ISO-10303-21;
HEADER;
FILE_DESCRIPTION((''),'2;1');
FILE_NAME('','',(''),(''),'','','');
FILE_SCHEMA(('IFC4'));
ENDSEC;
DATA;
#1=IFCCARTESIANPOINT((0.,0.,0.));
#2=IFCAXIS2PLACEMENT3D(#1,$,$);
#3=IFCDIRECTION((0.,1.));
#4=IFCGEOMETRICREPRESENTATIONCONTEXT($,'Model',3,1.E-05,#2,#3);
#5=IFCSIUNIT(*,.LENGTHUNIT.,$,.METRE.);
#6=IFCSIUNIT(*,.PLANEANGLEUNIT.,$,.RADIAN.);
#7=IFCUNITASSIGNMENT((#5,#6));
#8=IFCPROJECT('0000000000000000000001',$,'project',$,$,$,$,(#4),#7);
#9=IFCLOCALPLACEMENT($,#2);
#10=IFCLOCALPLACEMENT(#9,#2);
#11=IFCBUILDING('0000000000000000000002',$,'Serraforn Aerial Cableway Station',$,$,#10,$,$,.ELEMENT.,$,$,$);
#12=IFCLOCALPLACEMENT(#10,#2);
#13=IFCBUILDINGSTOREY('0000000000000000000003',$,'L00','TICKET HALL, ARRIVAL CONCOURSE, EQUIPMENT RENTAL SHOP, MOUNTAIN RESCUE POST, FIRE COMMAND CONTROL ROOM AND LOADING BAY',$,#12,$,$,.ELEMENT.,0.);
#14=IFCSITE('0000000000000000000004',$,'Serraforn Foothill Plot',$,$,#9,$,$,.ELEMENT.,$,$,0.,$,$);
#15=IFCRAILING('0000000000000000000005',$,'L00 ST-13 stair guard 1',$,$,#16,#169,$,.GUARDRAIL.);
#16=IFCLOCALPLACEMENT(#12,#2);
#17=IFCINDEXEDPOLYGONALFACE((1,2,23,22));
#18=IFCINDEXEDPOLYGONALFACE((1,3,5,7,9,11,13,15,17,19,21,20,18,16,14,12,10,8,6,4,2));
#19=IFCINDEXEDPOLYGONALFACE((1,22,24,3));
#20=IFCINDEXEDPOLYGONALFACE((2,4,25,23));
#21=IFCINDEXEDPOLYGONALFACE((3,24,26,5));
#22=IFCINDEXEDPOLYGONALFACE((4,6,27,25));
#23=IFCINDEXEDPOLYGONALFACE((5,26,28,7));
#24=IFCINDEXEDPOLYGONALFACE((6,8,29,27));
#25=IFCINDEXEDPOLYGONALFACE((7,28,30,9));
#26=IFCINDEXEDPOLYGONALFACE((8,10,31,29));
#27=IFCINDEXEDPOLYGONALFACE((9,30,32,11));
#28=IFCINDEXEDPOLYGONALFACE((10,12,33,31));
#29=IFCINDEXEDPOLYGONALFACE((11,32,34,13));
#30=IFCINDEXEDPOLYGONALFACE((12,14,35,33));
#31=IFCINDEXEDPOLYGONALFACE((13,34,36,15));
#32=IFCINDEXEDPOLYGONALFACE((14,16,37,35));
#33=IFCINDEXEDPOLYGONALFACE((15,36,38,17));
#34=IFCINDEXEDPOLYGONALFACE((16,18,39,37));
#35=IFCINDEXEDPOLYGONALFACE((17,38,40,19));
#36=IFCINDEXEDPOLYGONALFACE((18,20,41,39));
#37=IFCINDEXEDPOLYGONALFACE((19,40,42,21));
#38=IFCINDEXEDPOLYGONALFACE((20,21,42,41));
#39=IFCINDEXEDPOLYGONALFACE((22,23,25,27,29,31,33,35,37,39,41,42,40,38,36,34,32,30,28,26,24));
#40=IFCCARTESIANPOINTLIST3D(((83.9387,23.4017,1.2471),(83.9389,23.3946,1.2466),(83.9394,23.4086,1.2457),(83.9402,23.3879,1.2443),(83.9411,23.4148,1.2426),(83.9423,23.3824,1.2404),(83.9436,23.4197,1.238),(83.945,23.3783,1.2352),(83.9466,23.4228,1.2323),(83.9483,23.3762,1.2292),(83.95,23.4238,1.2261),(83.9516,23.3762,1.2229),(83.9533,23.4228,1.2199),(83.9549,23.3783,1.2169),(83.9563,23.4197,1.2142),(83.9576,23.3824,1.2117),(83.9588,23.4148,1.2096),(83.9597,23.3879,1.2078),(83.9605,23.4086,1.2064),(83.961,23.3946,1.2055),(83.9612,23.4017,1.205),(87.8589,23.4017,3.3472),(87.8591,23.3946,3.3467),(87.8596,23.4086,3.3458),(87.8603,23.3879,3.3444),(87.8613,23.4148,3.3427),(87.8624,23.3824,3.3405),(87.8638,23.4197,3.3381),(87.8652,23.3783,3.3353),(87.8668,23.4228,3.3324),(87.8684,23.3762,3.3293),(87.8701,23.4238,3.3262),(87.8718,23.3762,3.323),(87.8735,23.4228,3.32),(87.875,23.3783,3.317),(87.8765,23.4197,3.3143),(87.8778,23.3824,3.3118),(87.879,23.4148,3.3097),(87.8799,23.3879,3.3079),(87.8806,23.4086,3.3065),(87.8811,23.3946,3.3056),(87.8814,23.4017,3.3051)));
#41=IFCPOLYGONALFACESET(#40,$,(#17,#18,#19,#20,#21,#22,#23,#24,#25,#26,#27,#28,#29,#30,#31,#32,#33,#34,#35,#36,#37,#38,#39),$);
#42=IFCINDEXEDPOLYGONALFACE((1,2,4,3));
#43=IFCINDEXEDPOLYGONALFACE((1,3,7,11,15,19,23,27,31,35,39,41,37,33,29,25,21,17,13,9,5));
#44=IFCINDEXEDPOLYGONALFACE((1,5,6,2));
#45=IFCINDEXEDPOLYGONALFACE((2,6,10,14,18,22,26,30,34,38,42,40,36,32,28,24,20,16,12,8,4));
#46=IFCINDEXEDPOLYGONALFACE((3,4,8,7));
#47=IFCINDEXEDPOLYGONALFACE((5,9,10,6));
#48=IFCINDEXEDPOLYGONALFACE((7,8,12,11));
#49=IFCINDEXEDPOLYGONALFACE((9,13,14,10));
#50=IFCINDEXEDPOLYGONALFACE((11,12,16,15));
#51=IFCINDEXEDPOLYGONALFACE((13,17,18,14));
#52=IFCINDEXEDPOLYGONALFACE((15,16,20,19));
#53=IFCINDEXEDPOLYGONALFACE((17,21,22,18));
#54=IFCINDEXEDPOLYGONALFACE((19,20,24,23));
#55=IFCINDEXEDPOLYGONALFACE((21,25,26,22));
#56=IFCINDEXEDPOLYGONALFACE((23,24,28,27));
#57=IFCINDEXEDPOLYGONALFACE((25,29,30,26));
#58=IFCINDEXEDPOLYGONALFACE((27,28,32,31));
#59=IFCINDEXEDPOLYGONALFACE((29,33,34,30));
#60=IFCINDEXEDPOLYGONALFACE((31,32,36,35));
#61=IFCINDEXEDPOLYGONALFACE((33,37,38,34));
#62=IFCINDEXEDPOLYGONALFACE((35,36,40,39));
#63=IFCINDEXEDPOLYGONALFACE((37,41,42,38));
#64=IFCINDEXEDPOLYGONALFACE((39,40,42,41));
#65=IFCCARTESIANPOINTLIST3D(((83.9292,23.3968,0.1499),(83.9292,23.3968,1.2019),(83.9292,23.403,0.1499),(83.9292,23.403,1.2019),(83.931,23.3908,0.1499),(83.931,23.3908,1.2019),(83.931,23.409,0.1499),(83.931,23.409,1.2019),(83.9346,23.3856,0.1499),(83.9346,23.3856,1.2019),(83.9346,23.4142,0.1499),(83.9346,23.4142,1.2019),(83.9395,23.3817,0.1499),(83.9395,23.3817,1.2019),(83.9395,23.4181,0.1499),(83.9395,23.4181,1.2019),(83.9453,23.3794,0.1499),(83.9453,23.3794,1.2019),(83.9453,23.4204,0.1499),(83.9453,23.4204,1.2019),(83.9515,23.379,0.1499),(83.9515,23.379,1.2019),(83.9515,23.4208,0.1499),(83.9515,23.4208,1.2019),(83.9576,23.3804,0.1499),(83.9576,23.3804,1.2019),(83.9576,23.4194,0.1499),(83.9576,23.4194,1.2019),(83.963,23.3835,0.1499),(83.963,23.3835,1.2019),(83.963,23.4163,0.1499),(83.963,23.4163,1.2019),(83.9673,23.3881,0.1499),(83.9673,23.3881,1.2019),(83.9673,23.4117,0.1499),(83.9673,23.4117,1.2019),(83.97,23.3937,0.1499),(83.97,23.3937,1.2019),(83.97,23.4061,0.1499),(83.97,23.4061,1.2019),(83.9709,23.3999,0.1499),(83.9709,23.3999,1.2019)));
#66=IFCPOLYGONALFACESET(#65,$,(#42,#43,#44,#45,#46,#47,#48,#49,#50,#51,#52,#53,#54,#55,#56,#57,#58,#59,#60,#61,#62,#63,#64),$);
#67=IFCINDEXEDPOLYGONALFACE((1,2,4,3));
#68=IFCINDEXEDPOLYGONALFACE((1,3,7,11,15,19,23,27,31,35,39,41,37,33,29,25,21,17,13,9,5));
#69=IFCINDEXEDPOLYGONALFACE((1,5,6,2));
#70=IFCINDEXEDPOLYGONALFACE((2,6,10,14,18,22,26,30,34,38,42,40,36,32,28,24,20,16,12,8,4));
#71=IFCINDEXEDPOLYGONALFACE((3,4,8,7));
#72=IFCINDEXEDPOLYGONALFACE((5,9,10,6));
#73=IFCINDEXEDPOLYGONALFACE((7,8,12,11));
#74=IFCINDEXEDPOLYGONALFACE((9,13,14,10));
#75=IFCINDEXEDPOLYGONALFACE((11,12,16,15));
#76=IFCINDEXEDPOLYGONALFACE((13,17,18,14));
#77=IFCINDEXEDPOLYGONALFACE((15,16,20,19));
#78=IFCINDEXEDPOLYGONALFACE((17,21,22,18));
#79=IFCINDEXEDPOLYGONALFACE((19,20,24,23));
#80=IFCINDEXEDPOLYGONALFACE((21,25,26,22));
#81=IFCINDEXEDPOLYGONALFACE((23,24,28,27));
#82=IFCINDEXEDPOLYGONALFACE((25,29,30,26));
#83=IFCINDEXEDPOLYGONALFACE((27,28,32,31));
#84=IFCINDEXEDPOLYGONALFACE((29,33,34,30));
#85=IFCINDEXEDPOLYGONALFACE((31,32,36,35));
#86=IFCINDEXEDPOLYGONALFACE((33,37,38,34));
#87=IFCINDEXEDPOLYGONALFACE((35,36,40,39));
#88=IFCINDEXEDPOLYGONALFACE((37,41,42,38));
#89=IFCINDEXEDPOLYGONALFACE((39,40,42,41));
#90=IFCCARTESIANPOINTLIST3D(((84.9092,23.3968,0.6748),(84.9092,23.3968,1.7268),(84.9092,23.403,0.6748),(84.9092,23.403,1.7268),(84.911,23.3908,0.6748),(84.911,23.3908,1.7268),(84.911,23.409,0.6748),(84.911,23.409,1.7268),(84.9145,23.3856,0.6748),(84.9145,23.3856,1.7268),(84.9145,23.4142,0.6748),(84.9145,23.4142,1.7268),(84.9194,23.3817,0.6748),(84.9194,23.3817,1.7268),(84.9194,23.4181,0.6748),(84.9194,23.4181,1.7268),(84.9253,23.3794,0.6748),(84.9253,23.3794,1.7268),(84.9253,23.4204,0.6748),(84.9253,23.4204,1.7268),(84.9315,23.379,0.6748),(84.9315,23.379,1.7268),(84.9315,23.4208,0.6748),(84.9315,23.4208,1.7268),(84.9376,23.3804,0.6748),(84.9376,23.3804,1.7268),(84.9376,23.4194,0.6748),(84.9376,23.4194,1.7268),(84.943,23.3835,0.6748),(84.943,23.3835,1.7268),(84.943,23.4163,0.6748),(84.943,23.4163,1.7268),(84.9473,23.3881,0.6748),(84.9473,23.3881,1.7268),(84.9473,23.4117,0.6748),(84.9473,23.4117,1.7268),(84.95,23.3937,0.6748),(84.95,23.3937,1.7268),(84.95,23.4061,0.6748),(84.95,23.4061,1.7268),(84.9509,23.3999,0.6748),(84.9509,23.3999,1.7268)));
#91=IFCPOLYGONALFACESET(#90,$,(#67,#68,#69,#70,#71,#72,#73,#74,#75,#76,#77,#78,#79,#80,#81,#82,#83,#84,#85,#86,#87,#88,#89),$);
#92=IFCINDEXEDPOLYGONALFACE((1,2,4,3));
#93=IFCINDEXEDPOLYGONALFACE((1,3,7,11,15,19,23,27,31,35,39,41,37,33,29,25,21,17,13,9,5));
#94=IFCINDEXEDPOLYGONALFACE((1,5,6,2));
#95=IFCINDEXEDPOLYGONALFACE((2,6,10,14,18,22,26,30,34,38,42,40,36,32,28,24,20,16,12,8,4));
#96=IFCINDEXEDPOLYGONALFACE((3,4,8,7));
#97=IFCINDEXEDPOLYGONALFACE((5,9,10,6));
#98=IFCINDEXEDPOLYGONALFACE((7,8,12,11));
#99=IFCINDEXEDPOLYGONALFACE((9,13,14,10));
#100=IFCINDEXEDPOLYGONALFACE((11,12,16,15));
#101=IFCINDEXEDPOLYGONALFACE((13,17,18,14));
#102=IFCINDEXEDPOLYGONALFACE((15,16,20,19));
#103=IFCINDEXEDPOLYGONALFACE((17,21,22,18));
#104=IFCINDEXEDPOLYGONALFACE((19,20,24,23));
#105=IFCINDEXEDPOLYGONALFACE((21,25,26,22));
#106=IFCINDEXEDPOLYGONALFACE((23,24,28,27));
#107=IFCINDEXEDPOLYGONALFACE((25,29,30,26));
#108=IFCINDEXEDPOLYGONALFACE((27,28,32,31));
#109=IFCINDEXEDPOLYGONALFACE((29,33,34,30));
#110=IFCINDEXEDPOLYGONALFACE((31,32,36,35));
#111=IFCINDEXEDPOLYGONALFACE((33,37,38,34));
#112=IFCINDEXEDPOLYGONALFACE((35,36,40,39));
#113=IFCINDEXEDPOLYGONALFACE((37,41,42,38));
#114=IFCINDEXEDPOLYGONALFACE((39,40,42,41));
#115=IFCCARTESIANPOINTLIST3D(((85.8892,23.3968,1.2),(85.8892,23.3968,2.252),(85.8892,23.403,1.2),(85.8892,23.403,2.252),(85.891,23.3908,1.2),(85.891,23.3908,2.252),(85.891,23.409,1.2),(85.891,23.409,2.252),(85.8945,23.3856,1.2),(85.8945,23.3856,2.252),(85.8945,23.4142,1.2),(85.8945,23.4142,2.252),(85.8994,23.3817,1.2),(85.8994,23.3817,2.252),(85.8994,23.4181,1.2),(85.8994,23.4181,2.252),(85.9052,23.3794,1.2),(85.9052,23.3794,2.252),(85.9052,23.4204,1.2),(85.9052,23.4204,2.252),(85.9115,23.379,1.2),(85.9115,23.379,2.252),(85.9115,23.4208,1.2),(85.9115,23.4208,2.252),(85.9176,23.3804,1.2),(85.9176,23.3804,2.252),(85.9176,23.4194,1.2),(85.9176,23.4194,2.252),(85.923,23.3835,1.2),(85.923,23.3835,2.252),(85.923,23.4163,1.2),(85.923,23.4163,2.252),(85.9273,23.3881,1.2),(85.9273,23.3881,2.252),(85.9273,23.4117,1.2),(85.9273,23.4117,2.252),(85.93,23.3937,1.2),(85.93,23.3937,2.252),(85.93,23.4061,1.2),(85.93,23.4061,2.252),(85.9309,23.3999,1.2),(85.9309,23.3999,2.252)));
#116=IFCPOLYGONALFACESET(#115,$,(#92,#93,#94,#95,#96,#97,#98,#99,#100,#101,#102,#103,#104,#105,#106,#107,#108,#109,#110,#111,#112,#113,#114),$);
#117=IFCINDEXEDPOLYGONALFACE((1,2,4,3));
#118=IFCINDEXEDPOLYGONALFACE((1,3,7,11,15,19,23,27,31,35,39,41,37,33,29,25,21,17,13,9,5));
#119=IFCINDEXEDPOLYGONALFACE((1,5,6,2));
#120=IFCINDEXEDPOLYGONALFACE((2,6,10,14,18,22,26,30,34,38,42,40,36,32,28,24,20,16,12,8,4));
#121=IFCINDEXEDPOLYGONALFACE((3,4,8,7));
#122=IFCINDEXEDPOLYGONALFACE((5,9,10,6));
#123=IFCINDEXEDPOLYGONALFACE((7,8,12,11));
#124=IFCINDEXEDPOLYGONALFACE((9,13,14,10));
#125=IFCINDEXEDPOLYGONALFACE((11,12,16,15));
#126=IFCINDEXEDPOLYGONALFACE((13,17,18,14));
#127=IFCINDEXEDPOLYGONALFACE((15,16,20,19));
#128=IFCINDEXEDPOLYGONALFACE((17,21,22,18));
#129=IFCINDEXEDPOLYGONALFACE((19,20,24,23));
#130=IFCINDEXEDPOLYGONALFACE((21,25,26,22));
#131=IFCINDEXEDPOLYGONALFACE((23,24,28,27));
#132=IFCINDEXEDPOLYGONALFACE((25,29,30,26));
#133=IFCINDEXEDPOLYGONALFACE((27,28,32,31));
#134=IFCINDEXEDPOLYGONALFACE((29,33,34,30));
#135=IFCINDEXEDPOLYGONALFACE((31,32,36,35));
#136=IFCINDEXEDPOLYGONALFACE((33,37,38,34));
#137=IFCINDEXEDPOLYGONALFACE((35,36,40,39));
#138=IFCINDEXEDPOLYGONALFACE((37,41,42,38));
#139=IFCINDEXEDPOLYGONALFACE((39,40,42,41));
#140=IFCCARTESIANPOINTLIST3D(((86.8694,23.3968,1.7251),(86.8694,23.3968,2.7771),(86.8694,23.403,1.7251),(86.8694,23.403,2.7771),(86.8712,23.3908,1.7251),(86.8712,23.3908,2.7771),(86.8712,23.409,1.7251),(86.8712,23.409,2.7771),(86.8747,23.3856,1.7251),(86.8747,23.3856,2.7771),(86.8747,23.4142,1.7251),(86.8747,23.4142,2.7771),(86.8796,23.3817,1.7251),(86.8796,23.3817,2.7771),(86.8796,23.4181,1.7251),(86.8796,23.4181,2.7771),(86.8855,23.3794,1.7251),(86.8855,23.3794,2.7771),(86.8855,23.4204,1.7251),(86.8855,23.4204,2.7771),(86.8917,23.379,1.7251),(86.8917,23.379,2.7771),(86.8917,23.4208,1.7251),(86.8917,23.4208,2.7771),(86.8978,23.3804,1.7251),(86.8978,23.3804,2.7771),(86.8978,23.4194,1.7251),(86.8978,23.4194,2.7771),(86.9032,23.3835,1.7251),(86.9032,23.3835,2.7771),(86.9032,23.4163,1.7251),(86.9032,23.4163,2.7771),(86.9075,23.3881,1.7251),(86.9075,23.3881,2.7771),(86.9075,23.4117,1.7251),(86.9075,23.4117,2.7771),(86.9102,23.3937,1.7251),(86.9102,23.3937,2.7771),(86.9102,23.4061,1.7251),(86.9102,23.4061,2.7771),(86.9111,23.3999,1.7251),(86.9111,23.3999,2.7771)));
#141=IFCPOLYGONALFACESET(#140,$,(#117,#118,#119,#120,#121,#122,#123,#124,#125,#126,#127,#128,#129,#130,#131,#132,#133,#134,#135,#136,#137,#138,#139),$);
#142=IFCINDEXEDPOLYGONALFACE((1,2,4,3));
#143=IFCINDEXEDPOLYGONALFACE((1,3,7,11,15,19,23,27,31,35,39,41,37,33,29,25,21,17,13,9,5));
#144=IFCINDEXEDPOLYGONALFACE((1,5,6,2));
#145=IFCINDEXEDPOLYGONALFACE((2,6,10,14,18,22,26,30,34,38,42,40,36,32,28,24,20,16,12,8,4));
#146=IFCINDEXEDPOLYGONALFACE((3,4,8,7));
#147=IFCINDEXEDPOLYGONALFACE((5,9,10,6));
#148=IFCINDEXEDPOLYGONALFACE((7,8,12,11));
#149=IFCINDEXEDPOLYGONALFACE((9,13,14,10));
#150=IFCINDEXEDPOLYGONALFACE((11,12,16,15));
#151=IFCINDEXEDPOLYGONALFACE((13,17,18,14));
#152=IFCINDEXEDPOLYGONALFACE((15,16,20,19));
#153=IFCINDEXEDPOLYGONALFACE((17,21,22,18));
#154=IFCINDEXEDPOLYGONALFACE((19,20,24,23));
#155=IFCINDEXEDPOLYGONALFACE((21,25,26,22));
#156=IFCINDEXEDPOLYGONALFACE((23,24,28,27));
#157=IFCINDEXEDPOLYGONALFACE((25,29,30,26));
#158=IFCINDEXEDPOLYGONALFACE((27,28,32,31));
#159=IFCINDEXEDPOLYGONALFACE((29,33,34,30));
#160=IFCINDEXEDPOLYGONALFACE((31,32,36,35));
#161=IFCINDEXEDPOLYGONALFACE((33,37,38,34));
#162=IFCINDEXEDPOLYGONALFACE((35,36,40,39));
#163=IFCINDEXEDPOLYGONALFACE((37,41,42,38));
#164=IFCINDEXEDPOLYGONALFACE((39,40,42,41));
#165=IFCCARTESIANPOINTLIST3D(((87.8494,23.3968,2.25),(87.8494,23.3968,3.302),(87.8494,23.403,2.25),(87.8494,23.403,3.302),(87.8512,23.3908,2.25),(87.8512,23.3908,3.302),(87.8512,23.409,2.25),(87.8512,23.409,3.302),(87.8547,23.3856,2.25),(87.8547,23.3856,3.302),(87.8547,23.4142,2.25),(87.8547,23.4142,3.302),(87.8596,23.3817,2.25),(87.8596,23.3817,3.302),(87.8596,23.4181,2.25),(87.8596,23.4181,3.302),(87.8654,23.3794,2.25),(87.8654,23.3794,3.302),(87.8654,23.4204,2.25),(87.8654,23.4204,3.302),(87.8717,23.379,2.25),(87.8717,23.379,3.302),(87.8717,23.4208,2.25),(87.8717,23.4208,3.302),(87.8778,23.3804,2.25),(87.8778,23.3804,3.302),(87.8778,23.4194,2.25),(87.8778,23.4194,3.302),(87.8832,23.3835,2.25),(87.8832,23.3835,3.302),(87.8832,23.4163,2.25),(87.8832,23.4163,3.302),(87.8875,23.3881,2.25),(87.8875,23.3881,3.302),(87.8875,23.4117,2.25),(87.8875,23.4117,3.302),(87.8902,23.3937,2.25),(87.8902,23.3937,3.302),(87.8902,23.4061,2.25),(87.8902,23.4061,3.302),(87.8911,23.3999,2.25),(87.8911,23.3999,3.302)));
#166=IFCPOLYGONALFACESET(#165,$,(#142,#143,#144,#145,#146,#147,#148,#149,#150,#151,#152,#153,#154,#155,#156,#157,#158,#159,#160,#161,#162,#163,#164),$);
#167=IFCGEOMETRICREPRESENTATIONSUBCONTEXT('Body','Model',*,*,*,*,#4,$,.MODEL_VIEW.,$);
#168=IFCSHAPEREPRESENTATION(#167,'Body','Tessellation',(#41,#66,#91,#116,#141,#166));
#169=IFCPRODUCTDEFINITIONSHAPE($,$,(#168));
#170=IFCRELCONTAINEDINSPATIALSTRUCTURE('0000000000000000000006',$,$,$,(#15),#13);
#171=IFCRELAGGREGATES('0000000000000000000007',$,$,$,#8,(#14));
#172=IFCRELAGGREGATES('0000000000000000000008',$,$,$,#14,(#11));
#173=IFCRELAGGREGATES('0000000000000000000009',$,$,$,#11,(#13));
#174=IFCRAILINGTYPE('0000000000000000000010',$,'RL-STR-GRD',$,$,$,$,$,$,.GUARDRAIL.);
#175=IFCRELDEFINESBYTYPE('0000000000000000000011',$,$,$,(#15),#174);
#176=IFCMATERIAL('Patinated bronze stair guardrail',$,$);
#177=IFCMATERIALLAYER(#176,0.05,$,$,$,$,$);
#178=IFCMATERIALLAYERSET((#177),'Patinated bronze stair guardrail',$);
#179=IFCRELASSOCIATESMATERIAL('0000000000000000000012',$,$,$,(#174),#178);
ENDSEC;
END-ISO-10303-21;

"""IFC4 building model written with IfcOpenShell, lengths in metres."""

from ifc_helpers import new_model, si_unit, direction, frame, origin, origin_2d, place, context, subcontext, project, spatial, circle, extrude, material, layer, layer_set, type_object, element, save


model = new_model("IFC4")

# Units and contexts
model_context = context("Model", 3, precision=1e-05, world=origin(), true_north=direction((0.0, 1.0)))
body_context = subcontext(model_context, "Body", "Model", "MODEL_VIEW")
ifc_project = project(units=[si_unit("LENGTHUNIT", "METRE"), si_unit("PLANEANGLEUNIT", "RADIAN")], contexts=[model_context])

# Site, building, storey
site_placement = place(None, origin())
site = spatial("IfcSite", under=ifc_project, at=site_placement, Name="Serraforn Foothill Plot", CompositionType="ELEMENT", RefElevation=0.0)
building_placement = place(site_placement, origin())
building = spatial("IfcBuilding", under=site, at=building_placement, Name="Serraforn Aerial Cableway Station", CompositionType="ELEMENT")
storey_placement = place(building_placement, origin())
storey = spatial("IfcBuildingStorey", under=building, at=storey_placement, Name="L00", Description="TICKET HALL, ARRIVAL CONCOURSE, EQUIPMENT RENTAL SHOP, MOUNTAIN RESCUE POST, FIRE COMMAND CONTROL ROOM AND LOADING BAY", CompositionType="ELEMENT", Elevation=0.0)

# Railing
ifc_material_1 = material(Name="Patinated bronze stair guardrail")
ifc_layer_1 = layer(ifc_material_1, 0.05)
ifc_layer_set_1 = layer_set([ifc_layer_1], Name="Patinated bronze stair guardrail")
railing_type_1 = type_object("IfcRailingType", Name="RL-STR-GRD", PredefinedType="GUARDRAIL", material=ifc_layer_set_1)
railing_1_placement = place(storey_placement, frame((83.95, 23.3999, 0.1499)))
element("IfcRailing", 1, at=railing_1_placement, inside=storey, type_object=railing_type_1, Name="L00 ST-13 stair guard 1", PredefinedType="GUARDRAIL", context=body_context, shape_type="SweptSolid", body=[
    extrude(circle(Radius=0.0239, at=origin_2d()), frame((0.0, 0.0, 1.0762), z_axis=(0.881479, 0.0, 0.472223), x_axis=(0.0, 1.0, 0.0)), (0.0, 0.0, 1.0), 4.4473),
    extrude(circle(Radius=0.021, at=origin_2d()), origin(), (0.0, 0.0, 1.0), 1.052),
    extrude(circle(Radius=0.021, at=origin_2d()), frame((0.98, 0.0, 0.5249)), (0.0, 0.0, 1.0), 1.052),
    extrude(circle(Radius=0.021, at=origin_2d()), frame((1.96, 0.0, 1.05)), (0.0, 0.0, 1.0), 1.052),
    extrude(circle(Radius=0.021, at=origin_2d()), frame((2.9402, 0.0, 1.5752)), (0.0, 0.0, 1.0), 1.052),
    extrude(circle(Radius=0.021, at=origin_2d()), frame((3.9202, 0.0, 2.1001)), (0.0, 0.0, 1.0), 1.052),
])

save(model, "model.ifc")
